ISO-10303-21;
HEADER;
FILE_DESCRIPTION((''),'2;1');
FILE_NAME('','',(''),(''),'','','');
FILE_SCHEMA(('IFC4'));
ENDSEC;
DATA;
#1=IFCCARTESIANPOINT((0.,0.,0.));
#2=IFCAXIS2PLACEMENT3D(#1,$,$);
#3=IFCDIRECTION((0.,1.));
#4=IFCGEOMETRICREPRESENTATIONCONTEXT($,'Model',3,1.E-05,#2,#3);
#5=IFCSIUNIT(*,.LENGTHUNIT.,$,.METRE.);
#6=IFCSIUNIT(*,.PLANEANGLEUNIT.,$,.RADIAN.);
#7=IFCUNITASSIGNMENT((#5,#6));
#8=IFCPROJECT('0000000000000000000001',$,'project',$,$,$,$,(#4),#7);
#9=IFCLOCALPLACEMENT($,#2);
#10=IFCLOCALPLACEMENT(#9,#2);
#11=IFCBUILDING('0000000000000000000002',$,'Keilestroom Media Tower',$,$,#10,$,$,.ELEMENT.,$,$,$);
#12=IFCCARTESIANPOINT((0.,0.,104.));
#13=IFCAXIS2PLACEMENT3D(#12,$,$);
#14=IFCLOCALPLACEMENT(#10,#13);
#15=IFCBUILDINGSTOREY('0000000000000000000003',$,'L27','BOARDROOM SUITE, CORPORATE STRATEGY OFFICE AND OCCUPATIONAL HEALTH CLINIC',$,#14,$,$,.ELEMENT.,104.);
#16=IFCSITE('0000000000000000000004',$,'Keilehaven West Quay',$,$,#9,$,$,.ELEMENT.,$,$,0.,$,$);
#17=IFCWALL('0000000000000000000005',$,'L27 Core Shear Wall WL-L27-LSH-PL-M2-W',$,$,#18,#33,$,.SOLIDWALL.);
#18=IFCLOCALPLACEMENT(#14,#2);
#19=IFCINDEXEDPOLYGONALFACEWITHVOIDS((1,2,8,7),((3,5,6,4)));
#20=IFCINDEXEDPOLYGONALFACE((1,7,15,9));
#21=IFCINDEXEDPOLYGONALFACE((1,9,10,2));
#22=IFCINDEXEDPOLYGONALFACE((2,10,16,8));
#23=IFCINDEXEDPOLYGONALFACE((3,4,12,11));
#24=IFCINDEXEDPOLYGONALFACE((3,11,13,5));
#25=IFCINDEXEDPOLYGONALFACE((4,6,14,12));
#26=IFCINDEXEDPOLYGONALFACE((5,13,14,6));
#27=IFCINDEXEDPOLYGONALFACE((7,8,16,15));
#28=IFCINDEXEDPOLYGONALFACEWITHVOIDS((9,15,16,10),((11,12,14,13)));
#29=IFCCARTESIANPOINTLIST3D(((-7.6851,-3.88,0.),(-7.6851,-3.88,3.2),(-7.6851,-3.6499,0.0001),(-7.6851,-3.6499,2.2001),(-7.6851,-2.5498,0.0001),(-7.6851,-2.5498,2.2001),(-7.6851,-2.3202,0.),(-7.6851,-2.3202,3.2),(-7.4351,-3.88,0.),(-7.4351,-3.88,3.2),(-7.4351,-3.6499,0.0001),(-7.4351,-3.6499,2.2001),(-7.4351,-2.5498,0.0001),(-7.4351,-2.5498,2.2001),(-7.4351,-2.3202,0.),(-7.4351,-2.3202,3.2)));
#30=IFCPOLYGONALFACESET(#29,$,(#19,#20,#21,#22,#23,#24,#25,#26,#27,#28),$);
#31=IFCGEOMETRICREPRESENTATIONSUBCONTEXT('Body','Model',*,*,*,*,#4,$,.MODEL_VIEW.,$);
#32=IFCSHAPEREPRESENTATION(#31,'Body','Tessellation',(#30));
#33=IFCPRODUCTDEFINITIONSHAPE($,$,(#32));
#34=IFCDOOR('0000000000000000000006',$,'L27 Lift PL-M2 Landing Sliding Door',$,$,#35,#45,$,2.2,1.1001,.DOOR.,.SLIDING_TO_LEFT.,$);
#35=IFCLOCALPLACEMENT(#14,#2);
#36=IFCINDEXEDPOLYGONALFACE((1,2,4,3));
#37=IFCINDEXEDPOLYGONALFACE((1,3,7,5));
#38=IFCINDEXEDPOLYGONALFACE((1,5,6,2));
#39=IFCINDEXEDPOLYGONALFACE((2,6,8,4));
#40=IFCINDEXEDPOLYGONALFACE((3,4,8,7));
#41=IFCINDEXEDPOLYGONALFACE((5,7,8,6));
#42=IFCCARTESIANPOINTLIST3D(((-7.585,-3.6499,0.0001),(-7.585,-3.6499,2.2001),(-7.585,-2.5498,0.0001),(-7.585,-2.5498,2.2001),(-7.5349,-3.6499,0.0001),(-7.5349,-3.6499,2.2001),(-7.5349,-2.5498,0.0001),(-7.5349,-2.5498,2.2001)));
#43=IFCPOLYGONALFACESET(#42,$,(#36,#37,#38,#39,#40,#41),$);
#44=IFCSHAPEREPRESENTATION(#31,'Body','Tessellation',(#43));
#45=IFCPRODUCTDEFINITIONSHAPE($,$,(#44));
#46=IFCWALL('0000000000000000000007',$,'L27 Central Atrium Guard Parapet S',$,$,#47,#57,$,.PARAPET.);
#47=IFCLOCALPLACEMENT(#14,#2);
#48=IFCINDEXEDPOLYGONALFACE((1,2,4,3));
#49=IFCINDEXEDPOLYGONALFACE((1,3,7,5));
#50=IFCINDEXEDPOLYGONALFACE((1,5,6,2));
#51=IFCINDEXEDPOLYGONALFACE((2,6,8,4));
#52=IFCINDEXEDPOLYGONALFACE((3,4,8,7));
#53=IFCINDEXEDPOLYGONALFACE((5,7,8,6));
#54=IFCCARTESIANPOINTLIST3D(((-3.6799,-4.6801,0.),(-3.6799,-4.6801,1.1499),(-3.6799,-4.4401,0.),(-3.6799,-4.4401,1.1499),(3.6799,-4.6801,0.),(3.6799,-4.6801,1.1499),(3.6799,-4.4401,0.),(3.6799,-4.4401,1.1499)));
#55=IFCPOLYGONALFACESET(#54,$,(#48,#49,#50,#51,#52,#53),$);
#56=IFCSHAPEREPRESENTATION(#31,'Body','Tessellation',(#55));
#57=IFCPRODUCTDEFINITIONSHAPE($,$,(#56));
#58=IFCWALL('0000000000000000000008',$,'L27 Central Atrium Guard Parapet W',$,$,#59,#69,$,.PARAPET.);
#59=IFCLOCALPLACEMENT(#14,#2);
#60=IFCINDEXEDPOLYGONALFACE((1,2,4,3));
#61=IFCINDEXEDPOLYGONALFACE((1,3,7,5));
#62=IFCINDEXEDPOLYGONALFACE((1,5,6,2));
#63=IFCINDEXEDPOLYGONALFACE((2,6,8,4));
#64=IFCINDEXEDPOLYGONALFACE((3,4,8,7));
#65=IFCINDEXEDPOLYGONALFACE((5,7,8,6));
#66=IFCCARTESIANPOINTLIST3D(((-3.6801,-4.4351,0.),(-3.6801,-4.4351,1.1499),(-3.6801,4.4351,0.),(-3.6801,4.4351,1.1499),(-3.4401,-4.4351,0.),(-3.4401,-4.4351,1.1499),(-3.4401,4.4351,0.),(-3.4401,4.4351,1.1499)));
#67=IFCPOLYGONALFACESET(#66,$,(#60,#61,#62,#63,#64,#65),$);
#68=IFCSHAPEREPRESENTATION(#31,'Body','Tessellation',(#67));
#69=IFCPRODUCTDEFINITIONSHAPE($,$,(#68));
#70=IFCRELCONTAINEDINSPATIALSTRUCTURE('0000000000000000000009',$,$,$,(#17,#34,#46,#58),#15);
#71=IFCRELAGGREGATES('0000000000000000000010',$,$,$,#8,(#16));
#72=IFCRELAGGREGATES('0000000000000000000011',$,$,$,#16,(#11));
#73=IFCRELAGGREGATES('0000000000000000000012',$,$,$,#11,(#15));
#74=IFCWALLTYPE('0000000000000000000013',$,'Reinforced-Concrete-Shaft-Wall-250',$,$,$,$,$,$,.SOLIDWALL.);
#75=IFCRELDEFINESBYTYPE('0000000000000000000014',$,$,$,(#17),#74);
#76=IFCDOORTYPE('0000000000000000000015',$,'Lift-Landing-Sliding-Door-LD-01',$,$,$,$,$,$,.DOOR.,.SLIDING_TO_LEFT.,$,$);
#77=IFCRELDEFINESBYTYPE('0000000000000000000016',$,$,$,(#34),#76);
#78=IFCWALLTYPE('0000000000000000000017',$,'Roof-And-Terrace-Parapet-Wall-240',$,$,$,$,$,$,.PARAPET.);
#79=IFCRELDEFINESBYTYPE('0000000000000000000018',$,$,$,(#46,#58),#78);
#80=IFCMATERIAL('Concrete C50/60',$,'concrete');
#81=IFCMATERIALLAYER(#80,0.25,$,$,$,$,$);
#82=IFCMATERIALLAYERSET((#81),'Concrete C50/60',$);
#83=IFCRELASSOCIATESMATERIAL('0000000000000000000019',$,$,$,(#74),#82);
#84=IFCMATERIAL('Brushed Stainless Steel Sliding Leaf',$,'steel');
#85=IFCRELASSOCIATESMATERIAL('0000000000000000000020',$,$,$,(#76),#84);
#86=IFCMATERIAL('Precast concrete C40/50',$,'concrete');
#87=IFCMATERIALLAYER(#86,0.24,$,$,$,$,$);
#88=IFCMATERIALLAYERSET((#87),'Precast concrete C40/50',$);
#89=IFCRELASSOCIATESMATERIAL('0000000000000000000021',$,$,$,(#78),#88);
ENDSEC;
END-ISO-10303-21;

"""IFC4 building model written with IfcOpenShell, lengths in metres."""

from ifc_helpers import new_model, si_unit, direction, frame, frame_2d, origin, place, context, subcontext, project, spatial, rectangle, extrude, source, transform, mapped, material, layer, layer_set, type_object, element, fill, save


model = new_model("IFC4")

# Units and contexts
model_context = context("Model", 3, precision=1e-05, world=origin(), true_north=direction((0.0, 1.0)))
body_context = subcontext(model_context, "Body", "Model", "MODEL_VIEW")
ifc_project = project(units=[si_unit("LENGTHUNIT", "METRE"), si_unit("PLANEANGLEUNIT", "RADIAN")], contexts=[model_context])

# Site, building, storey
site_placement = place(None, origin())
site = spatial("IfcSite", under=ifc_project, at=site_placement, Name="Keilehaven West Quay", CompositionType="ELEMENT", RefElevation=0.0)
building_placement = place(site_placement, origin())
building = spatial("IfcBuilding", under=site, at=building_placement, Name="Keilestroom Media Tower", CompositionType="ELEMENT")
storey_placement = place(building_placement, frame((0.0, 0.0, 104.0)))
storey = spatial("IfcBuildingStorey", under=building, at=storey_placement, Name="L27", Description="BOARDROOM SUITE, CORPORATE STRATEGY OFFICE AND OCCUPATIONAL HEALTH CLINIC", CompositionType="ELEMENT", Elevation=104.0)

# Shared definitions
ifc_material_1 = material(Name="Concrete C50/60", Category="concrete")
ifc_layer_1 = layer(ifc_material_1, 0.25)
ifc_layer_set_1 = layer_set([ifc_layer_1], Name="Concrete C50/60")
wall_type_1 = type_object("IfcWallType", Name="Reinforced-Concrete-Shaft-Wall-250", PredefinedType="SOLIDWALL", material=ifc_layer_set_1)

# Shared definitions
ifc_material_2 = material(Name="Brushed Stainless Steel Sliding Leaf", Category="steel")

# Shared definitions
door_type_1 = type_object("IfcDoorType", Name="Lift-Landing-Sliding-Door-LD-01", OperationType="SLIDING_TO_LEFT", PredefinedType="DOOR", material=ifc_material_2)
shared_shape_1 = source(origin(), body_context, "Body", "SweptSolid", [
    extrude(rectangle(XDim=1.1001, YDim=2.2, at=frame_2d((0.55, 1.1001))), frame((0.0, 0.0249, 0.0), z_axis=(0.0, -1.0, 0.0), x_axis=(1.0, 0.0, 0.0)), (0.0, 0.0, 1.0), 0.05),
])

# Wall, opening, door
wall_1_placement = place(storey_placement, frame((-7.5601, -3.8799, 0.0), z_axis=(0.0, 0.0, 1.0), x_axis=(0.0, 1.0, 0.0)))
wall_1 = element("IfcWall", 1, at=wall_1_placement, inside=storey, type_object=wall_type_1, Name="L27 Core Shear Wall WL-L27-LSH-PL-M2-W", PredefinedType="SOLIDWALL", context=body_context, shape_type="SweptSolid", body=[
    extrude(rectangle(XDim=1.5598, YDim=0.25, at=frame_2d((0.7798, 0.0))), origin(), (0.0, 0.0, 1.0), 3.2),
])
opening_1_placement = place(wall_1_placement, frame((0.23, 0.0, 0.0)))
opening_1 = element("IfcOpeningElement", 2, at=opening_1_placement, cuts=wall_1, PredefinedType="OPENING", context=body_context, shape_type="SweptSolid", body=[
    extrude(rectangle(XDim=1.1001, YDim=2.2, at=frame_2d((0.55, 1.1001))), frame((0.0, 0.135, 0.0), z_axis=(0.0, -1.0, 0.0), x_axis=(1.0, 0.0, 0.0)), (0.0, 0.0, 1.0), 0.27),
])
door_1_placement = place(opening_1_placement, origin())
door_1 = element("IfcDoor", 3, at=door_1_placement, inside=storey, type_object=door_type_1, Name="L27 Lift PL-M2 Landing Sliding Door", OperationType="SLIDING_TO_LEFT", OverallHeight=2.2, OverallWidth=1.1001, PredefinedType="DOOR", context=body_context, shape_type="MappedRepresentation", body=[
    mapped(shared_shape_1, transform((0.0, 0.0, 0.0), x_axis=(1.0, 0.0, 0.0), y_axis=(0.0, 1.0, 0.0), z_axis=(0.0, 0.0, 1.0), scale=1.0)),
])
fill(opening_1, door_1)

# Walls
ifc_material_3 = material(Name="Precast concrete C40/50", Category="concrete")
ifc_layer_2 = layer(ifc_material_3, 0.24)
ifc_layer_set_2 = layer_set([ifc_layer_2], Name="Precast concrete C40/50")
wall_type_2 = type_object("IfcWallType", Name="Roof-And-Terrace-Parapet-Wall-240", PredefinedType="PARAPET", material=ifc_layer_set_2)
wall_2_placement = place(storey_placement, frame((-3.6799, -4.5601, 0.0), z_axis=(0.0, 0.0, 1.0), x_axis=(1.0, 0.0, 0.0)))
element("IfcWall", 4, at=wall_2_placement, inside=storey, type_object=wall_type_2, Name="L27 Central Atrium Guard Parapet S", PredefinedType="PARAPET", context=body_context, shape_type="SweptSolid", body=[
    extrude(rectangle(XDim=7.3599, YDim=0.24, at=frame_2d((3.6799, 0.0))), origin(), (0.0, 0.0, 1.0), 1.1499),
])
wall_3_placement = place(storey_placement, frame((-3.5601, -4.4351, 0.0), z_axis=(0.0, 0.0, 1.0), x_axis=(0.0, 1.0, 0.0)))
element("IfcWall", 5, at=wall_3_placement, inside=storey, type_object=wall_type_2, Name="L27 Central Atrium Guard Parapet W", PredefinedType="PARAPET", context=body_context, shape_type="SweptSolid", body=[
    extrude(rectangle(XDim=8.8701, YDim=0.24, at=frame_2d((4.4351, 0.0))), origin(), (0.0, 0.0, 1.0), 1.1499),
])

save(model, "model.ifc")
